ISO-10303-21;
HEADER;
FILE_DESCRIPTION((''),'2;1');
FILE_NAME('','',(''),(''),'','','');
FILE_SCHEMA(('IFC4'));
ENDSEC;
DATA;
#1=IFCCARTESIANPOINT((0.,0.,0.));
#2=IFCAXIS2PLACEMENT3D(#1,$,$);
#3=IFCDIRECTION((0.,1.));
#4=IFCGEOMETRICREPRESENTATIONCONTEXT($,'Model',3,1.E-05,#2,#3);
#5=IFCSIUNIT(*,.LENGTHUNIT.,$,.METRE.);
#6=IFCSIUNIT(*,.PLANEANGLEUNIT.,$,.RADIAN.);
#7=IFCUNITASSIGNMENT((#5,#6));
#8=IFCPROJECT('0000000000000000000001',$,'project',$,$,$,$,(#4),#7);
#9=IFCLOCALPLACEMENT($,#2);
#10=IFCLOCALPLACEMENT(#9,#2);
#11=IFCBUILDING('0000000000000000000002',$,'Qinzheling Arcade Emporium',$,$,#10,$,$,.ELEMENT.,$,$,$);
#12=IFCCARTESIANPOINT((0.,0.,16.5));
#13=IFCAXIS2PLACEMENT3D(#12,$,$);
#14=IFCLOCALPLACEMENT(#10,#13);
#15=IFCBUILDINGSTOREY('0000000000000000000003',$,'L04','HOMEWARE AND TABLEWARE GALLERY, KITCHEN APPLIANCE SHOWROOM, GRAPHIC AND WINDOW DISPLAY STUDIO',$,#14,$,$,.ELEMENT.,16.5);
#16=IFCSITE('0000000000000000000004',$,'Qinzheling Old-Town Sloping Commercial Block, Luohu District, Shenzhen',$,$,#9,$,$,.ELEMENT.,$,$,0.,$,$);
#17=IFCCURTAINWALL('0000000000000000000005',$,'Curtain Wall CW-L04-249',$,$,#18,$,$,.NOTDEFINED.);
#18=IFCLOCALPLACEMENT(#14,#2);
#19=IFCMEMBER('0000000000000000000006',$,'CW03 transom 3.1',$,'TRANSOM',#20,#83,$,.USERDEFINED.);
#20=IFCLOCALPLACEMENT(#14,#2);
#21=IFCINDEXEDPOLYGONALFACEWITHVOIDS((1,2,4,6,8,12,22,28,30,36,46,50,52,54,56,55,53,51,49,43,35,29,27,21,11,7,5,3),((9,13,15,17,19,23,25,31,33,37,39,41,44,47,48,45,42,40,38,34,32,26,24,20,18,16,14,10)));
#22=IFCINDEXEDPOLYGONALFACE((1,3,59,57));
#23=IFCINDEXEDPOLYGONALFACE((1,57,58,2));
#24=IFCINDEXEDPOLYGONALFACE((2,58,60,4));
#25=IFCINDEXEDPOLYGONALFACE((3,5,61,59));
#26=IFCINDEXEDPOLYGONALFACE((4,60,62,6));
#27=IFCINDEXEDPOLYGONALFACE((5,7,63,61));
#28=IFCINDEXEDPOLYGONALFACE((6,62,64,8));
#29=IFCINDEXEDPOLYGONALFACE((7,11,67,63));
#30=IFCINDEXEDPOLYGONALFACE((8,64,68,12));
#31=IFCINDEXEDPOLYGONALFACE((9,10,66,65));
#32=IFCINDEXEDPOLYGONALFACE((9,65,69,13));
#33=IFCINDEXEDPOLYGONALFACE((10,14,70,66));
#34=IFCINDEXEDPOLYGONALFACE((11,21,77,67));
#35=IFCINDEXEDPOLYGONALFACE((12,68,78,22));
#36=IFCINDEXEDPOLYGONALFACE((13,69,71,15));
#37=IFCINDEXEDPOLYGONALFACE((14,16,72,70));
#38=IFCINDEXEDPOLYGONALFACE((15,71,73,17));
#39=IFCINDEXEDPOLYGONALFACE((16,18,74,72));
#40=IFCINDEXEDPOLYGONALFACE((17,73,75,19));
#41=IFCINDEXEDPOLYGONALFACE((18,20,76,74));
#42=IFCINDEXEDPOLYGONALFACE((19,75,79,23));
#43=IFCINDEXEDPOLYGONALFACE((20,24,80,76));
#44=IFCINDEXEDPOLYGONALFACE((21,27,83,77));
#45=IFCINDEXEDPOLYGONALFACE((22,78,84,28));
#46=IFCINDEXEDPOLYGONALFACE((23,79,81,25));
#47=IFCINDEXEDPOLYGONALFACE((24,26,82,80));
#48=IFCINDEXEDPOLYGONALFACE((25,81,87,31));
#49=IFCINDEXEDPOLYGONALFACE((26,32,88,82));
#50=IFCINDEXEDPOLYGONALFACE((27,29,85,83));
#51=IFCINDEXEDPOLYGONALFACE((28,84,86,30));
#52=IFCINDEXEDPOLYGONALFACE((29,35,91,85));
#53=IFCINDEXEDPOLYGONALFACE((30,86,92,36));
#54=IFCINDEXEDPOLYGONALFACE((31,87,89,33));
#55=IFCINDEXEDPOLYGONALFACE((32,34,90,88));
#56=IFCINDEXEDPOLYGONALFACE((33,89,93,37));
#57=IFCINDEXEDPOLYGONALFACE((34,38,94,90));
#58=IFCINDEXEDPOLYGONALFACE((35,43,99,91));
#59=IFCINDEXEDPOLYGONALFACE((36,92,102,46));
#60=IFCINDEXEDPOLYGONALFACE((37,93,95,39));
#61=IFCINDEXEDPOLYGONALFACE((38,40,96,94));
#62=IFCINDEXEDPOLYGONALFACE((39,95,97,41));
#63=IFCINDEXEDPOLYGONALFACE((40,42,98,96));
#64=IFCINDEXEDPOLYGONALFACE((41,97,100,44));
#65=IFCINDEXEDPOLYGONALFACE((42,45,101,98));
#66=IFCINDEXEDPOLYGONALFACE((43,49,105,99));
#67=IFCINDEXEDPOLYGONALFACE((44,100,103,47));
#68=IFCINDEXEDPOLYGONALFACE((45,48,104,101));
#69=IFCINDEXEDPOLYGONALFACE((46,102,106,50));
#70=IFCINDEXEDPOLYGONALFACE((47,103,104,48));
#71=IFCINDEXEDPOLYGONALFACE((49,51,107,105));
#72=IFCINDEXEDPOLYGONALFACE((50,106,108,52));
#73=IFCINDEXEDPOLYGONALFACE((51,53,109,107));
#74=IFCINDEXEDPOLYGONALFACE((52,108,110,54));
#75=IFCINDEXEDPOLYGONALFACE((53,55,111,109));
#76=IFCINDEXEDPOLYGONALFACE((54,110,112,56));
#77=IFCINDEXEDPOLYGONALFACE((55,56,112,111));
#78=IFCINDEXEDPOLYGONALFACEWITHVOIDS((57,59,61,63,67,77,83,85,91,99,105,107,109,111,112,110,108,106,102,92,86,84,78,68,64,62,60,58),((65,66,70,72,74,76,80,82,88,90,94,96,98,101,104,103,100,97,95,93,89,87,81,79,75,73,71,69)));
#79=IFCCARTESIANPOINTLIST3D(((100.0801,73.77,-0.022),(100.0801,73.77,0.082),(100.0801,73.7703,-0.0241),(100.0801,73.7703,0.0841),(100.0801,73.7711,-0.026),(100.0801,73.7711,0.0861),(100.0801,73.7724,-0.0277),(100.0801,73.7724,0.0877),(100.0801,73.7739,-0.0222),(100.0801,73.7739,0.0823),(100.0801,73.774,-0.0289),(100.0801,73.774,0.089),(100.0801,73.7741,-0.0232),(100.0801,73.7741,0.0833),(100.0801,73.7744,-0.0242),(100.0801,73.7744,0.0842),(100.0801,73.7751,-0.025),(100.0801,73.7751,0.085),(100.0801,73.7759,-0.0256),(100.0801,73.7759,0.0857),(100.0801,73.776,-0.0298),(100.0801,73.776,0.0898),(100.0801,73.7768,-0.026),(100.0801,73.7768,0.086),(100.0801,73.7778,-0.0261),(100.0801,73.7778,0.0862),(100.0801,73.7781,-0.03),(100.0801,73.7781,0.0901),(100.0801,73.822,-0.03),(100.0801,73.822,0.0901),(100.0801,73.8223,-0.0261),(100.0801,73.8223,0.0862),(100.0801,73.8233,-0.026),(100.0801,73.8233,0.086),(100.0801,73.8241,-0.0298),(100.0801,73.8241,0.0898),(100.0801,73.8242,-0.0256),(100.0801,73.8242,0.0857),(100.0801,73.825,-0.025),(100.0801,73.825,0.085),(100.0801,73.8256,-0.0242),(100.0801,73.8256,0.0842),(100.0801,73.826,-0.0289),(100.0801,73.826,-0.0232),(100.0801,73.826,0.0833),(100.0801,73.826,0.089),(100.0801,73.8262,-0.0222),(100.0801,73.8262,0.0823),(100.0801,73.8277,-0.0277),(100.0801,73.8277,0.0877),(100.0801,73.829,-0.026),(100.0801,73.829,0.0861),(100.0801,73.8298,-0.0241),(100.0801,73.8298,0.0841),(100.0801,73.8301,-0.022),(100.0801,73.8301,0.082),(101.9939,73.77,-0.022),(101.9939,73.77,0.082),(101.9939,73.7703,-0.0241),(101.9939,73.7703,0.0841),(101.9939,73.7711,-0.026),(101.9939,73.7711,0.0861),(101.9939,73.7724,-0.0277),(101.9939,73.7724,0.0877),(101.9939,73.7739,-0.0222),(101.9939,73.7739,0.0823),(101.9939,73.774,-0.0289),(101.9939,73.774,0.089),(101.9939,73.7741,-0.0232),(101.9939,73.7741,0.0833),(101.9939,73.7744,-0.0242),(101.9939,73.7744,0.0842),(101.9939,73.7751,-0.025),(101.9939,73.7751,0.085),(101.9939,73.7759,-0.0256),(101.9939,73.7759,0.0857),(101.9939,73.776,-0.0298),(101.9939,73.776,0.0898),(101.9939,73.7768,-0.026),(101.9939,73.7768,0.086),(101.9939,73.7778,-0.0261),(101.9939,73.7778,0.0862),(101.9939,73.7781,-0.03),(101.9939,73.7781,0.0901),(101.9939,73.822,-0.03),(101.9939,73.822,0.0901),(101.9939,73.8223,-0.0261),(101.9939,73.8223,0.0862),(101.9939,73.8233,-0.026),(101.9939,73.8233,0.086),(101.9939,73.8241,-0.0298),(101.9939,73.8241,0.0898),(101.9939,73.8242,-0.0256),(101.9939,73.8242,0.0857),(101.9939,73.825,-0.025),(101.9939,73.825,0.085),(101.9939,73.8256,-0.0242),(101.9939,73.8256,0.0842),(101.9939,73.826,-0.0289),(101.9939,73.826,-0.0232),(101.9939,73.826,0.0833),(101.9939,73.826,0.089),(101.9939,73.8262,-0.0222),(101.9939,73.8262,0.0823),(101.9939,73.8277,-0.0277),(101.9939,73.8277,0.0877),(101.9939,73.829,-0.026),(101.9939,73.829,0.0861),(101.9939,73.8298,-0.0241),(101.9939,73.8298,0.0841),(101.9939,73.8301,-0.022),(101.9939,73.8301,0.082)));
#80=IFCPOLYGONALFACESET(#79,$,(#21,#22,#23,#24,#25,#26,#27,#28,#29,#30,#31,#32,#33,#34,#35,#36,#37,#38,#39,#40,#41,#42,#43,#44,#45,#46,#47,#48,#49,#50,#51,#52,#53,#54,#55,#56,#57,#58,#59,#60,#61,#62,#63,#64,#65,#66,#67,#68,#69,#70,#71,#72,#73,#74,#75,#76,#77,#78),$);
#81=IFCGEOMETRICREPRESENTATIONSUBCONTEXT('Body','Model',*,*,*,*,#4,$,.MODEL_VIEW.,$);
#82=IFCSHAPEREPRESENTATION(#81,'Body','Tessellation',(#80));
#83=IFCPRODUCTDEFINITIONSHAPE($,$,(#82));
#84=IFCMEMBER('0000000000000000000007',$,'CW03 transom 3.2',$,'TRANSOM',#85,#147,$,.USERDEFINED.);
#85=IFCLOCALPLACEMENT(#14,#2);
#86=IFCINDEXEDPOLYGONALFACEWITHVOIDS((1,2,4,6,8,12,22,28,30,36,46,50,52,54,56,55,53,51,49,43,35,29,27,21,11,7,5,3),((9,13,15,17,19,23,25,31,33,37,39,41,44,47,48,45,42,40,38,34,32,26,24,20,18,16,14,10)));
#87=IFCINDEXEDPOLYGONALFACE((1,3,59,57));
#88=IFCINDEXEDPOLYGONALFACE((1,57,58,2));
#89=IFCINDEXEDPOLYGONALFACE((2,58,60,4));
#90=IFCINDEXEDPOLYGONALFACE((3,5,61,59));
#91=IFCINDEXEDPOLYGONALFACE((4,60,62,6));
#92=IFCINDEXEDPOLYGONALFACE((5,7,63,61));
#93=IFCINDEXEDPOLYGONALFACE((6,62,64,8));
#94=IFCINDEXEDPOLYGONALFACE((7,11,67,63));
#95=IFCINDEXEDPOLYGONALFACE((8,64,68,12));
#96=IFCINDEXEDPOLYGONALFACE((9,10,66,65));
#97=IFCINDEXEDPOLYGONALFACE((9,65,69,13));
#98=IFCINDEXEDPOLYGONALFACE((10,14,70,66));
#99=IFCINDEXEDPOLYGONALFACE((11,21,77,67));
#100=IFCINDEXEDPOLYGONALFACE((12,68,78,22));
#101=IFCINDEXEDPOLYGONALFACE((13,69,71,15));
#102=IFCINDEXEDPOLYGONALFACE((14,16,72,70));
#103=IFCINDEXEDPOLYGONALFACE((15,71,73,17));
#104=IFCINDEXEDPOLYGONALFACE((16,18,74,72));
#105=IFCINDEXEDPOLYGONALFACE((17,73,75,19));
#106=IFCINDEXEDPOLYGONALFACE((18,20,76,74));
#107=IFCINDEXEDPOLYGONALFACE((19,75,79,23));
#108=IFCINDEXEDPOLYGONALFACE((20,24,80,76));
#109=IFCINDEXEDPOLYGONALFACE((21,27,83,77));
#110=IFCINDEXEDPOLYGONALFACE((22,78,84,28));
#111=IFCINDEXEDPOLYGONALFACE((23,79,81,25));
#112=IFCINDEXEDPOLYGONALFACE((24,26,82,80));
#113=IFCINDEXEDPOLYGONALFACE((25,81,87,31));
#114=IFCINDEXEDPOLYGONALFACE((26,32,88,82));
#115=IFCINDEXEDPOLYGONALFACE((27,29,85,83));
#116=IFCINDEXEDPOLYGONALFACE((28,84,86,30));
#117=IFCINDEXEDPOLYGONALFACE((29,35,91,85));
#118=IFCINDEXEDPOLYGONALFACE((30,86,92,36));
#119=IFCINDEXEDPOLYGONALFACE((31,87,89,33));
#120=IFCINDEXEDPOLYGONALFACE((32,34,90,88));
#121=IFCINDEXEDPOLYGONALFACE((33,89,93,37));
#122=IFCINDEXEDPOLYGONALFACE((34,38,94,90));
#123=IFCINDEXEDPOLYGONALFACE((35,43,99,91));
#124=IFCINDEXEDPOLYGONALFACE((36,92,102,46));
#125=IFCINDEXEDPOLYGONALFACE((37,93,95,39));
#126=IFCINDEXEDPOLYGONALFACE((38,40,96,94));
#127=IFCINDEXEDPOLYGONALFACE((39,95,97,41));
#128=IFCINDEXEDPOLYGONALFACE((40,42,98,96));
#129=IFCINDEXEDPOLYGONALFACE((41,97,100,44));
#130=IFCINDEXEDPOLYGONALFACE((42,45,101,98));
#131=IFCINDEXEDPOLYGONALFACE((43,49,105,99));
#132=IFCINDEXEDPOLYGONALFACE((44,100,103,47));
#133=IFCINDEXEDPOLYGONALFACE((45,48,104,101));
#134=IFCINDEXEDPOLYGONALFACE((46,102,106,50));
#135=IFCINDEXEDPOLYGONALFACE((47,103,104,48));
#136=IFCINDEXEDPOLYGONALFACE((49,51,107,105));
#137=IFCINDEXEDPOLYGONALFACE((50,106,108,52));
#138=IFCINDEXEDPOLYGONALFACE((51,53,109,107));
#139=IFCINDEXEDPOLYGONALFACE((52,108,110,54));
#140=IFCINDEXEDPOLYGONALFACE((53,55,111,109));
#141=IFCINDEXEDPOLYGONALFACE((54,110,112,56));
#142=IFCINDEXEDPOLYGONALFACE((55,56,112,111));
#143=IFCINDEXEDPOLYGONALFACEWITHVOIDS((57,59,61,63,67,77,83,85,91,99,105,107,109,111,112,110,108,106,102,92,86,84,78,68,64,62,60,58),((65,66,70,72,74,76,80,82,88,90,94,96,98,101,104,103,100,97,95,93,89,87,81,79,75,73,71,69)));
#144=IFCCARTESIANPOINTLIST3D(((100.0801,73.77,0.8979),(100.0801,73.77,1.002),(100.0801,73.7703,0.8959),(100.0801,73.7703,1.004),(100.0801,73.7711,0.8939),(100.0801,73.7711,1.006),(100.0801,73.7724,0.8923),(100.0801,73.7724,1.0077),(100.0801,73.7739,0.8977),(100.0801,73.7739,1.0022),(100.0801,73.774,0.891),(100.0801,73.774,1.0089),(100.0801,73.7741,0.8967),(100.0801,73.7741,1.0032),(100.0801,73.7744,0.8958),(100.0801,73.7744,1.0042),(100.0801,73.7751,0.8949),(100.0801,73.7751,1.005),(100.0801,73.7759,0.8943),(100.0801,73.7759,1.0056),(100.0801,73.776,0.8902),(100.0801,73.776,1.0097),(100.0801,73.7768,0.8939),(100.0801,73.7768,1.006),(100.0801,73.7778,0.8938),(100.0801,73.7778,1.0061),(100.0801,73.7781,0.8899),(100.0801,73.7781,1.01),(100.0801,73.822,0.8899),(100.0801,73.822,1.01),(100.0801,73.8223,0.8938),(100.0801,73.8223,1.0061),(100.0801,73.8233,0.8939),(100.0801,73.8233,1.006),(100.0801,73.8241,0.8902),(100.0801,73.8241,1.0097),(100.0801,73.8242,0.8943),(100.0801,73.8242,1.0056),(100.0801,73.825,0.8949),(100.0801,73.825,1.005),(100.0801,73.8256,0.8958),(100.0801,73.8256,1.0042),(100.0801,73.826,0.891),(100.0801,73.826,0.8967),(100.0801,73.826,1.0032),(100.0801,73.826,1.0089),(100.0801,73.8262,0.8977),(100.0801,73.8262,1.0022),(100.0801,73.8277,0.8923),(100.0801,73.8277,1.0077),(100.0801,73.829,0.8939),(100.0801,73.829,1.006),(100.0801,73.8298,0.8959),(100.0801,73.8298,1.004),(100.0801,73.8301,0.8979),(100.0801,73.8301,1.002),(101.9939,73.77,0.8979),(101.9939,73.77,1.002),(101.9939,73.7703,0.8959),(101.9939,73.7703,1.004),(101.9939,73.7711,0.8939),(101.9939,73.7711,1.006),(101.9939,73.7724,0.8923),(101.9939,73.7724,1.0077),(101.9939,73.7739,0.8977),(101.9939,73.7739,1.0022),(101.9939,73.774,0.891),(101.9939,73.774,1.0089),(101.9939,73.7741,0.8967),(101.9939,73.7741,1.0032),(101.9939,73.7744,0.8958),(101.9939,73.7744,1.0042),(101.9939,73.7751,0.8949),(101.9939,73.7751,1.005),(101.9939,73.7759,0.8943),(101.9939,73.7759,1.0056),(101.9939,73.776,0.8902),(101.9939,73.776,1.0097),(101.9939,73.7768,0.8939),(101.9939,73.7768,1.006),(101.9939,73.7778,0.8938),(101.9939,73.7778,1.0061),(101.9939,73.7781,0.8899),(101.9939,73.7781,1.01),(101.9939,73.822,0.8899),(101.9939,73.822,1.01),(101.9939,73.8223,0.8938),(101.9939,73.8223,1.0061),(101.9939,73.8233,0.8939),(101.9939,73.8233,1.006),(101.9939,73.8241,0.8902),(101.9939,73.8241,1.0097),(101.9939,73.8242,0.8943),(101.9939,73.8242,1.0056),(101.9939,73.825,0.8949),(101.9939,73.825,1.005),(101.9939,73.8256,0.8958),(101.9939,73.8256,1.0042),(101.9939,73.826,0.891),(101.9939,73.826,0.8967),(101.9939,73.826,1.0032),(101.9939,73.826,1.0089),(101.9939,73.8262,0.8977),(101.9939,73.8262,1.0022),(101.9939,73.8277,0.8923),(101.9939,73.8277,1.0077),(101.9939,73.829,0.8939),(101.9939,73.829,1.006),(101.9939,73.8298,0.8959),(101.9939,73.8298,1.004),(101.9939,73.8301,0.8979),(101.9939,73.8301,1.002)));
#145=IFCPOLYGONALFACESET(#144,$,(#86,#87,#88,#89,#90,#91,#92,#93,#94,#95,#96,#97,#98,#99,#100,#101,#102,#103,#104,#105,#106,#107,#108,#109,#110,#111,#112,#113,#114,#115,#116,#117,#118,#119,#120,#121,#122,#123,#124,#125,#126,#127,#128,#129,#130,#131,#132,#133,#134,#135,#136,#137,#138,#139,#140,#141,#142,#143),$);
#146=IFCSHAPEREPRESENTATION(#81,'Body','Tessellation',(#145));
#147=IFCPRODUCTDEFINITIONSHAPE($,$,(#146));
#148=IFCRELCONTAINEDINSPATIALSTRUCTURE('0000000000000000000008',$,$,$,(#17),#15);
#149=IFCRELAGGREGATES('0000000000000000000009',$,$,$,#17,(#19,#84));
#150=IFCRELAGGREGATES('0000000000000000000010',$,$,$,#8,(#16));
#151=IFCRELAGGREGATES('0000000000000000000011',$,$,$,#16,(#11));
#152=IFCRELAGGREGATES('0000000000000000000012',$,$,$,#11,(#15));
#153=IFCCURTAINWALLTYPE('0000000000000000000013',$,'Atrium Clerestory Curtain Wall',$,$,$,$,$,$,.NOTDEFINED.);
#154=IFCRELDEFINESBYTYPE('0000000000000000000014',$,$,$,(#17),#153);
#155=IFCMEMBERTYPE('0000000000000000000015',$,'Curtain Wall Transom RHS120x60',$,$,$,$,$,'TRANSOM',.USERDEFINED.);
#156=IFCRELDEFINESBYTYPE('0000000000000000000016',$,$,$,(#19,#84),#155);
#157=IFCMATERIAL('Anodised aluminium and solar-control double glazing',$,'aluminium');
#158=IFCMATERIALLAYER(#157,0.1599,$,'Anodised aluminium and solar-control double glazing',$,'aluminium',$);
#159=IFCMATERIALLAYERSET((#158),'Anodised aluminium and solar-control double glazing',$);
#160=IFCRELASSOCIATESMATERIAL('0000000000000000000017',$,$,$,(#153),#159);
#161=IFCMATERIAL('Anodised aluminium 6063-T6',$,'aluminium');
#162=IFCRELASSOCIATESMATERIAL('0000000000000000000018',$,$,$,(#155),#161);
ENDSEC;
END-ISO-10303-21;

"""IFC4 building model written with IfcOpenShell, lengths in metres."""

from ifc_helpers import new_model, si_unit, direction, frame, origin, origin_2d, place, context, subcontext, project, spatial, hollow_rectangle, extrude, material, layer, layer_set, material_profile, profile_set, type_object, element, aggregate, save


model = new_model("IFC4")

# Units and contexts
model_context = context("Model", 3, precision=1e-05, world=origin(), true_north=direction((0.0, 1.0)))
body_context = subcontext(model_context, "Body", "Model", "MODEL_VIEW")
ifc_project = project(units=[si_unit("LENGTHUNIT", "METRE"), si_unit("PLANEANGLEUNIT", "RADIAN")], contexts=[model_context])

# Site, building, storey
site_placement = place(None, origin())
site = spatial("IfcSite", under=ifc_project, at=site_placement, Name="Qinzheling Old-Town Sloping Commercial Block, Luohu District, Shenzhen", CompositionType="ELEMENT", RefElevation=0.0)
building_placement = place(site_placement, origin())
building = spatial("IfcBuilding", under=site, at=building_placement, Name="Qinzheling Arcade Emporium", CompositionType="ELEMENT")
storey_placement = place(building_placement, frame((0.0, 0.0, 16.5)))
storey = spatial("IfcBuildingStorey", under=building, at=storey_placement, Name="L04", Description="HOMEWARE AND TABLEWARE GALLERY, KITCHEN APPLIANCE SHOWROOM, GRAPHIC AND WINDOW DISPLAY STUDIO", CompositionType="ELEMENT", Elevation=16.5)

# Shared definitions
ifc_material_1 = material(Name="Anodised aluminium and solar-control double glazing", Category="aluminium")
ifc_layer_1 = layer(ifc_material_1, 0.1599, Name="Anodised aluminium and solar-control double glazing", Category="aluminium")
ifc_layer_set_1 = layer_set([ifc_layer_1], Name="Anodised aluminium and solar-control double glazing")
curtain_wall_type = type_object("IfcCurtainWallType", Name="Atrium Clerestory Curtain Wall", PredefinedType="NOTDEFINED", material=ifc_layer_set_1)
ifc_material_2 = material(Name="Anodised aluminium 6063-T6", Category="aluminium")

# Curtain wall, members
curtain_wall_1_placement = place(storey_placement, origin())
curtain_wall_1 = element("IfcCurtainWall", 1, at=curtain_wall_1_placement, inside=storey, type_object=curtain_wall_type, Name="Curtain Wall CW-L04-249", PredefinedType="NOTDEFINED")
ifc_material_profile_1 = material_profile(ifc_material_2, hollow_rectangle(XDim=0.0601, YDim=0.1201, WallThickness=0.0039, InnerFilletRadius=0.0039, OuterFilletRadius=0.0081, at=origin_2d()), Name="RHS 120x60x4", Category="aluminium")
ifc_profile_set_1 = profile_set([ifc_material_profile_1], Name="Anodised aluminium 6063-T6")
member_type_1 = type_object("IfcMemberType", Name="Curtain Wall Transom RHS120x60", ElementType="TRANSOM", PredefinedType="USERDEFINED", material=ifc_profile_set_1)
member_1_placement = place(storey_placement, frame((100.0801, 73.8, 0.03), z_axis=(1.0, 0.0, 0.0), x_axis=(0.0, 1.0, 0.0)))
member_1 = element("IfcMember", 2, at=member_1_placement, type_object=member_type_1, Name="CW03 transom 3.1", ObjectType="TRANSOM", PredefinedType="USERDEFINED", context=body_context, shape_type="SweptSolid", body=[
    extrude(hollow_rectangle(XDim=0.0601, YDim=0.1201, WallThickness=0.0039, InnerFilletRadius=0.0039, OuterFilletRadius=0.0081, at=origin_2d()), origin(), (0.0, 0.0, 1.0), 1.9138),
])
member_2_placement = place(storey_placement, frame((100.0801, 73.8, 0.95), z_axis=(1.0, 0.0, 0.0), x_axis=(0.0, 1.0, 0.0)))
member_2 = element("IfcMember", 3, at=member_2_placement, type_object=member_type_1, Name="CW03 transom 3.2", ObjectType="TRANSOM", PredefinedType="USERDEFINED", context=body_context, shape_type="SweptSolid", body=[
    extrude(hollow_rectangle(XDim=0.0601, YDim=0.1201, WallThickness=0.0039, InnerFilletRadius=0.0039, OuterFilletRadius=0.0081, at=origin_2d()), origin(), (0.0, 0.0, 1.0), 1.9138),
])

aggregate(curtain_wall_1, [member_1, member_2])

save(model, "model.ifc")
